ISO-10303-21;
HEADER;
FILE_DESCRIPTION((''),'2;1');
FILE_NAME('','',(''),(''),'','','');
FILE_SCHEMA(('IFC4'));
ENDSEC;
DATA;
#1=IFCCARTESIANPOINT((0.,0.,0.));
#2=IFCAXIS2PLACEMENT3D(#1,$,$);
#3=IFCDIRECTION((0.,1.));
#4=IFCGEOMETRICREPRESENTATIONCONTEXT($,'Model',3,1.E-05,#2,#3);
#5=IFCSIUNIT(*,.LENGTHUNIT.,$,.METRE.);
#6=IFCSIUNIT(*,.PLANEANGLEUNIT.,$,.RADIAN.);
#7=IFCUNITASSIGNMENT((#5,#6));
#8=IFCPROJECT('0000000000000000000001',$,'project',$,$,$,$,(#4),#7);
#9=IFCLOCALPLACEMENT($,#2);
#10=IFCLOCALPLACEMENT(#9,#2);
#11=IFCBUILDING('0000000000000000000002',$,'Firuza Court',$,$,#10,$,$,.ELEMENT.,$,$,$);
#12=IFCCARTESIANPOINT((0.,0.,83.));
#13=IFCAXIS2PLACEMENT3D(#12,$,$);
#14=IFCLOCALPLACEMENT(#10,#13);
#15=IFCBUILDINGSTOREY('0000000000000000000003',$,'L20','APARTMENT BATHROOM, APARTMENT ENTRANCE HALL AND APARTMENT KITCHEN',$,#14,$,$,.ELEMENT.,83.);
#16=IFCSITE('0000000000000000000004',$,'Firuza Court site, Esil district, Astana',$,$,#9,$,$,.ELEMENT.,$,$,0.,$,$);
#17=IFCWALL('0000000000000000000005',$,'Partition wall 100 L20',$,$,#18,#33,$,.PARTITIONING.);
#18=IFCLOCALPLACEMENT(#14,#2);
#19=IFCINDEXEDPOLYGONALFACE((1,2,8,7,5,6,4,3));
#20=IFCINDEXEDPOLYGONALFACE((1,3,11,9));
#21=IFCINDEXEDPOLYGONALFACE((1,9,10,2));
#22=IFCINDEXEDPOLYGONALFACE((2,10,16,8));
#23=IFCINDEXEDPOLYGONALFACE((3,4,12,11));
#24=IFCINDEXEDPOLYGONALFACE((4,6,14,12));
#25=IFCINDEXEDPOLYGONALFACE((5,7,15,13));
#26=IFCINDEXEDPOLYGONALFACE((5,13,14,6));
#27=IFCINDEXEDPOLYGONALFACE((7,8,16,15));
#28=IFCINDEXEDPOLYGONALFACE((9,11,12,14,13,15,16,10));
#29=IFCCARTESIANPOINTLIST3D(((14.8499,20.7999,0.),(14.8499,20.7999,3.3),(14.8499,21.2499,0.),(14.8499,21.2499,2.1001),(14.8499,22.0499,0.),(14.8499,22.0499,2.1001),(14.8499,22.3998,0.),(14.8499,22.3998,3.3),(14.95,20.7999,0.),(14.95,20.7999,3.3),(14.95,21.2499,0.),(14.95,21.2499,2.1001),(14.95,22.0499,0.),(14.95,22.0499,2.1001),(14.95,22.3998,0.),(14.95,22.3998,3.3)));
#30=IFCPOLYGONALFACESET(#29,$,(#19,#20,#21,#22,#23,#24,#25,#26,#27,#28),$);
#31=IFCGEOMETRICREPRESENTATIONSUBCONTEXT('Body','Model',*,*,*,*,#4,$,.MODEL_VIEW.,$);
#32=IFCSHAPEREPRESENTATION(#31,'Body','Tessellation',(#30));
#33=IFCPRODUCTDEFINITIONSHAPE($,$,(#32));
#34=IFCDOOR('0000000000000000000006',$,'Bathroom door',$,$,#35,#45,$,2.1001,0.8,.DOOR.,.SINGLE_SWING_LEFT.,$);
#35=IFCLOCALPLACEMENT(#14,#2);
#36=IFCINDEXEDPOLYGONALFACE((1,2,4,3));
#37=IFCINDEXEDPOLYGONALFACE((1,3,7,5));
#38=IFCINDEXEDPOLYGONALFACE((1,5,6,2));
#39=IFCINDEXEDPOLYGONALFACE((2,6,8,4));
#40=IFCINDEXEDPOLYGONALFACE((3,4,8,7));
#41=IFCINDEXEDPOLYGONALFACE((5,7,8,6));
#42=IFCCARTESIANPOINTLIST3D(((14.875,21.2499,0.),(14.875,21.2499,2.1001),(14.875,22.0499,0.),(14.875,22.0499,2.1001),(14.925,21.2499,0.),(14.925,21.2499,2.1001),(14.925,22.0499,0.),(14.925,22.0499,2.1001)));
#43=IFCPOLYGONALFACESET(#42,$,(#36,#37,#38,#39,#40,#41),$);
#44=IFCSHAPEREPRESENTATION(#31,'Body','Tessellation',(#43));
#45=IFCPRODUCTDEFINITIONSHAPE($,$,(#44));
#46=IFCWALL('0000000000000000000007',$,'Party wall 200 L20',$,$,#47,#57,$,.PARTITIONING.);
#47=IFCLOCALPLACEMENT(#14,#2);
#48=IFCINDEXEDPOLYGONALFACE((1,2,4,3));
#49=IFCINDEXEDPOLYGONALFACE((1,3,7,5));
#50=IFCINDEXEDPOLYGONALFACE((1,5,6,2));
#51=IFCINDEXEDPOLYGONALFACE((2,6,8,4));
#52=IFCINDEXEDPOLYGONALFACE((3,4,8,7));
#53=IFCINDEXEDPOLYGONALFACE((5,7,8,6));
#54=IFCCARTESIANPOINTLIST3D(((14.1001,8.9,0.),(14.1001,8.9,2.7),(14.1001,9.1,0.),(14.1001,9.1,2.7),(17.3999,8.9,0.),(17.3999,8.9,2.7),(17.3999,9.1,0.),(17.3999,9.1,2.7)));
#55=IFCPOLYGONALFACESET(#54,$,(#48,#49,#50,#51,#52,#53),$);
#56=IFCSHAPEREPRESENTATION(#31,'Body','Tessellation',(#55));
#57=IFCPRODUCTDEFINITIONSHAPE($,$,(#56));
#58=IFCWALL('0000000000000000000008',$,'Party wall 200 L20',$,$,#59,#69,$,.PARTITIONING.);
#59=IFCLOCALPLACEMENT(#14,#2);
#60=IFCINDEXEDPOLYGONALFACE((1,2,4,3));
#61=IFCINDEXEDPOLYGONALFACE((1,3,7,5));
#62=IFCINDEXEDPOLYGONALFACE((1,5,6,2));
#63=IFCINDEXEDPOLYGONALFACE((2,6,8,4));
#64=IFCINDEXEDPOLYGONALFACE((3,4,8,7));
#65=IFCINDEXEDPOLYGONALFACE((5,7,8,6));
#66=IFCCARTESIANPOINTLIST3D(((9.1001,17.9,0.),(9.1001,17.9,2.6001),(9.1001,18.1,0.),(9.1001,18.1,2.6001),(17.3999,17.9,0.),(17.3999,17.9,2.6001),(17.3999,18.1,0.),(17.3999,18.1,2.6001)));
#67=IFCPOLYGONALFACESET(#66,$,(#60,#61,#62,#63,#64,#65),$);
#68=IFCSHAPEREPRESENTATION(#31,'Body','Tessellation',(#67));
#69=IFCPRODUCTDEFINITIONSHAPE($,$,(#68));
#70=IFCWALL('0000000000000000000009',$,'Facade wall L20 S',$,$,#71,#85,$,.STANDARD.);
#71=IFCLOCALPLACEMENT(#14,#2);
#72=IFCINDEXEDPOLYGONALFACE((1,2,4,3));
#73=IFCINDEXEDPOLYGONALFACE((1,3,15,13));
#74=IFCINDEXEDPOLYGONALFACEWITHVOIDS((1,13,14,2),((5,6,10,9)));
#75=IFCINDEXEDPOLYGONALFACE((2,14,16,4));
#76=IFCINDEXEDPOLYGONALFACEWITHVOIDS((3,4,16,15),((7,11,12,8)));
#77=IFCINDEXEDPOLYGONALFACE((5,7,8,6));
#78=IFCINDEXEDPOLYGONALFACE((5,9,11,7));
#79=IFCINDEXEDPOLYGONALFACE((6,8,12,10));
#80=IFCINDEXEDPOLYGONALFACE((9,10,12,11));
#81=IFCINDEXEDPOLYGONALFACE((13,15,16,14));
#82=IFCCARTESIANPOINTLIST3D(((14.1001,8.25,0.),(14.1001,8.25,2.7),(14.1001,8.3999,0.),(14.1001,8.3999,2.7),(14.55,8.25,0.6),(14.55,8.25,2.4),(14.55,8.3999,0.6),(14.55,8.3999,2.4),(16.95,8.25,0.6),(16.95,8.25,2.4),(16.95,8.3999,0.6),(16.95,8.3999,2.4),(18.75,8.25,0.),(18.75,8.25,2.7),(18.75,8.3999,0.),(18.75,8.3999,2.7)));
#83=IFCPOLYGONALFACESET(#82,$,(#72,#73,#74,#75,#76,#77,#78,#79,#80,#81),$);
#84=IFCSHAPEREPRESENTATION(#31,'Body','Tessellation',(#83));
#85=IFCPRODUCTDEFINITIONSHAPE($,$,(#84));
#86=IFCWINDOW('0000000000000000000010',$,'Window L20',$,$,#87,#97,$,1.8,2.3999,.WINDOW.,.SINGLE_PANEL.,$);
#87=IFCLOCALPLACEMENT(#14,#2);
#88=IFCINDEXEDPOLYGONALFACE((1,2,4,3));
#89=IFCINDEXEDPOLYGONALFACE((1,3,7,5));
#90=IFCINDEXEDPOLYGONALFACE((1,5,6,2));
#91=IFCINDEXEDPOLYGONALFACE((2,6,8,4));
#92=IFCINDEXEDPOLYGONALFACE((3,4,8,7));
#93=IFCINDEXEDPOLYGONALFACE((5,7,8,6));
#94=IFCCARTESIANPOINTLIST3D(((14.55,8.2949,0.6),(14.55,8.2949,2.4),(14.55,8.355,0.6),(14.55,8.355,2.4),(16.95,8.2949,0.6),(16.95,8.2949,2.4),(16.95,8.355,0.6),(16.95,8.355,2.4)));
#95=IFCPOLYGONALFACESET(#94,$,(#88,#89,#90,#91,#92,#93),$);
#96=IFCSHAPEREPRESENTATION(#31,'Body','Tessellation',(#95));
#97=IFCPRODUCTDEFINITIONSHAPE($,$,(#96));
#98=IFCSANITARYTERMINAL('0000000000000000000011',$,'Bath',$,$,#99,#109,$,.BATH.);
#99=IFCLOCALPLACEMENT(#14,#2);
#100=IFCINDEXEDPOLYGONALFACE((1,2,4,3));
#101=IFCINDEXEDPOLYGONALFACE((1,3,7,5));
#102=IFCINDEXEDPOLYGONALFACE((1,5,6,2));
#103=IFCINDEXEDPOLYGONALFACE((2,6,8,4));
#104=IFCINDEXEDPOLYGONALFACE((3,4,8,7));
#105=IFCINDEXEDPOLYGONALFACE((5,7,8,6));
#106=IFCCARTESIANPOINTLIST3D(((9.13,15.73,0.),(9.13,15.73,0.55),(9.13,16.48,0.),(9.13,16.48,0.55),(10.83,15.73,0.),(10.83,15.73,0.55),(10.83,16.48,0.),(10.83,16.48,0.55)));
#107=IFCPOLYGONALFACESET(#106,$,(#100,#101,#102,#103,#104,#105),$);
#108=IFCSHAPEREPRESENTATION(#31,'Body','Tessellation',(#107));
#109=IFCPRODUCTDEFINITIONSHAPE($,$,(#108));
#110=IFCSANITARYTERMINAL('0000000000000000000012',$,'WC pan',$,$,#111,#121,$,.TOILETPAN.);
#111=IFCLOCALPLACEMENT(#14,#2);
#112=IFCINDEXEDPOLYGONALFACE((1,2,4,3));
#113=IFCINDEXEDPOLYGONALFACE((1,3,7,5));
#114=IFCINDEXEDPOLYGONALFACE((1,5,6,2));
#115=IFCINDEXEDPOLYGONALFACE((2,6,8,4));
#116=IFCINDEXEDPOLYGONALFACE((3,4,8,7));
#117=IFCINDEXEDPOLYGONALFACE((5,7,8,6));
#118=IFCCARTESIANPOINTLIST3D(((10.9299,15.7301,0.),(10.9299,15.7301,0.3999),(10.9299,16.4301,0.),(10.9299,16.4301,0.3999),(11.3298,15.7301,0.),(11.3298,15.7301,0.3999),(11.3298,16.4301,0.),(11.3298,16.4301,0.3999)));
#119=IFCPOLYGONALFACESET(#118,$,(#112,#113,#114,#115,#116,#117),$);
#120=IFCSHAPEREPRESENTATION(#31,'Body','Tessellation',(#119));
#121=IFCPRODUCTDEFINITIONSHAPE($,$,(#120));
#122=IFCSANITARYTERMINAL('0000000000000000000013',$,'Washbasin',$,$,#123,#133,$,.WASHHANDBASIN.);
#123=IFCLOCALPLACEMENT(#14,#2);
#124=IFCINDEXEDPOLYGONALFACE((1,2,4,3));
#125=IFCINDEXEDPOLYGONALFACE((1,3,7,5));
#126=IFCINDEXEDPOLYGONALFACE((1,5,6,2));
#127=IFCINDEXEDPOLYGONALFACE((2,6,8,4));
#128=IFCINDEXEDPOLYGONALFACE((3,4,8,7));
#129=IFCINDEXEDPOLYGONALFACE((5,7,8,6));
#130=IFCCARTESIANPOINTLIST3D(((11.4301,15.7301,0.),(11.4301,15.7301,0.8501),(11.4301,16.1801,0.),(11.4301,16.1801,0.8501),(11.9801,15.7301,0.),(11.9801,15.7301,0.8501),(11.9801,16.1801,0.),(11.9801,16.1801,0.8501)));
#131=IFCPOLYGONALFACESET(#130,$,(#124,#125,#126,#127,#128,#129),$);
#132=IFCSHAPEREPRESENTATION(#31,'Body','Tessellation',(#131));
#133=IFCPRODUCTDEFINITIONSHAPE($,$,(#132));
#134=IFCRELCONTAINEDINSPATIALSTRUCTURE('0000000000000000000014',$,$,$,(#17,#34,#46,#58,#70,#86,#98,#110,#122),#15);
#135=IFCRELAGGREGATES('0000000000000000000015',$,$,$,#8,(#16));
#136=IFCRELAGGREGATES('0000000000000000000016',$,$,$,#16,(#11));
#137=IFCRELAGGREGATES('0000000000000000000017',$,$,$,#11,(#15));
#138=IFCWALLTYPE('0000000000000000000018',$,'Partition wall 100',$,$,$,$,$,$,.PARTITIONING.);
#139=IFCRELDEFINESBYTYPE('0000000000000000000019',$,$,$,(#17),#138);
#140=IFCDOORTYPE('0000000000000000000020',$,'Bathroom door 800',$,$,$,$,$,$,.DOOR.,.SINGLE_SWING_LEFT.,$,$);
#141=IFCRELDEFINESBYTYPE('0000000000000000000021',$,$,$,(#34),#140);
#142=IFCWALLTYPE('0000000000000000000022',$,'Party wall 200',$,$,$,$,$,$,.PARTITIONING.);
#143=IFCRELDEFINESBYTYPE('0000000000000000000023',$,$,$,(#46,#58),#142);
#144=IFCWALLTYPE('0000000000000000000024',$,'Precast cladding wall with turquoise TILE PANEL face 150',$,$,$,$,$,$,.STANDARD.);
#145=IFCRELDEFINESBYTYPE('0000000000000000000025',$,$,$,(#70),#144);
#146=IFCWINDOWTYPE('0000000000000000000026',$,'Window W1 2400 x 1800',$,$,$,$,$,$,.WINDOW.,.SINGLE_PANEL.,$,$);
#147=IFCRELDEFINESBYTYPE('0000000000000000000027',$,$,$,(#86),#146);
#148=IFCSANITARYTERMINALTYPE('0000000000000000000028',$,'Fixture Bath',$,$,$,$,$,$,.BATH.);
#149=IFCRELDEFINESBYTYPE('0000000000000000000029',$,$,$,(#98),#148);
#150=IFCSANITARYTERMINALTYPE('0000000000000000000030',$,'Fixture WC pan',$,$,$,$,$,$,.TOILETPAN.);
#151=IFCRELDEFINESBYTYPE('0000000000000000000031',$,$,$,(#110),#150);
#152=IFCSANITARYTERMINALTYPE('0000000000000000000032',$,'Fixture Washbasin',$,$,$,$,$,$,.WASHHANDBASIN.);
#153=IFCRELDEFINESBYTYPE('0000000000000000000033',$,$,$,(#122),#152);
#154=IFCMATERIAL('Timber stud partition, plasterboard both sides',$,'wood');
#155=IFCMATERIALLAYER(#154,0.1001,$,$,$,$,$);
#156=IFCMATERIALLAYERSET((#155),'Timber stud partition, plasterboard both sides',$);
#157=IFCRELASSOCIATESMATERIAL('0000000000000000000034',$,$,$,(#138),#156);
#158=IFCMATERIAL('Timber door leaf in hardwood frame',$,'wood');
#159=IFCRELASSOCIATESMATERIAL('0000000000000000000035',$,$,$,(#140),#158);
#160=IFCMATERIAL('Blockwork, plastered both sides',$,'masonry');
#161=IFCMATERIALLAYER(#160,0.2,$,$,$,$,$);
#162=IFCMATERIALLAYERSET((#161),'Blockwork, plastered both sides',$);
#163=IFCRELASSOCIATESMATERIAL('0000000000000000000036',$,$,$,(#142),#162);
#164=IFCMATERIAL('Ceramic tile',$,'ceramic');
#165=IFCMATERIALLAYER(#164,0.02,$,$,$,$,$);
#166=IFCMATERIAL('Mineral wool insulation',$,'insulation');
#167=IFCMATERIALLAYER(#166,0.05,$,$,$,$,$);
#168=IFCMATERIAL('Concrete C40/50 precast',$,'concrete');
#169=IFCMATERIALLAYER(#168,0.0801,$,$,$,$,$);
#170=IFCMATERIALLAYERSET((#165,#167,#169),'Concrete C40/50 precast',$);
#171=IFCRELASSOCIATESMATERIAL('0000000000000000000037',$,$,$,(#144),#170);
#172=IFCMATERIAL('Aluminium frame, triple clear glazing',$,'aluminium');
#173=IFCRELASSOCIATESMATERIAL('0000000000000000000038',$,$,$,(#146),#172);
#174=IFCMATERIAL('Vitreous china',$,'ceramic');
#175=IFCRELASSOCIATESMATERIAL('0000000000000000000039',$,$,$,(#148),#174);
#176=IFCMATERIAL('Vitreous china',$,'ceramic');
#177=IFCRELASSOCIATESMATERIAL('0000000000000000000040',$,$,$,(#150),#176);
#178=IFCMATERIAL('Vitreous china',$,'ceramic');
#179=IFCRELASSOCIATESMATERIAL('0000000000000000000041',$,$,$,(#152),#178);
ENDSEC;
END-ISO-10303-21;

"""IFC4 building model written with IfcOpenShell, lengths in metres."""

from ifc_helpers import new_model, si_unit, direction, frame, frame_2d, origin, origin_2d, place, context, subcontext, project, spatial, rectangle, extrude, material, layer, layer_set, type_object, element, fill, save


model = new_model("IFC4")

# Units and contexts
model_context = context("Model", 3, precision=1e-05, world=origin(), true_north=direction((0.0, 1.0)))
body_context = subcontext(model_context, "Body", "Model", "MODEL_VIEW")
ifc_project = project(units=[si_unit("LENGTHUNIT", "METRE"), si_unit("PLANEANGLEUNIT", "RADIAN")], contexts=[model_context])

# Site, building, storey
site_placement = place(None, origin())
site = spatial("IfcSite", under=ifc_project, at=site_placement, Name="Firuza Court site, Esil district, Astana", CompositionType="ELEMENT", RefElevation=0.0)
building_placement = place(site_placement, origin())
building = spatial("IfcBuilding", under=site, at=building_placement, Name="Firuza Court", CompositionType="ELEMENT")
storey_placement = place(building_placement, frame((0.0, 0.0, 83.0)))
storey = spatial("IfcBuildingStorey", under=building, at=storey_placement, Name="L20", Description="APARTMENT BATHROOM, APARTMENT ENTRANCE HALL AND APARTMENT KITCHEN", CompositionType="ELEMENT", Elevation=83.0)

# Shared definitions
ifc_material_1 = material(Name="Timber stud partition, plasterboard both sides", Category="wood")
ifc_layer_1 = layer(ifc_material_1, 0.1001)
ifc_layer_set_1 = layer_set([ifc_layer_1], Name="Timber stud partition, plasterboard both sides")
wall_type_1 = type_object("IfcWallType", Name="Partition wall 100", PredefinedType="PARTITIONING", material=ifc_layer_set_1)

# Shared definitions
ifc_material_2 = material(Name="Timber door leaf in hardwood frame", Category="wood")
door_type_1 = type_object("IfcDoorType", Name="Bathroom door 800", OperationType="SINGLE_SWING_LEFT", PredefinedType="DOOR", material=ifc_material_2)

# Wall, opening, door
wall_1_placement = place(storey_placement, frame((14.8999, 20.8, 0.0), z_axis=(0.0, 0.0, 1.0), x_axis=(0.0, 1.0, 0.0)))
wall_1 = element("IfcWall", 1, at=wall_1_placement, inside=storey, type_object=wall_type_1, Name="Partition wall 100 L20", PredefinedType="PARTITIONING", context=body_context, shape_type="SweptSolid", body=[
    extrude(rectangle(XDim=1.5999, YDim=0.1001, at=frame_2d((0.7998, 0.0))), origin(), (0.0, 0.0, 1.0), 3.3),
])
opening_1_placement = place(wall_1_placement, frame((0.45, 0.0, 0.0)))
opening_1 = element("IfcOpeningElement", 2, at=opening_1_placement, cuts=wall_1, PredefinedType="OPENING", context=body_context, shape_type="SweptSolid", body=[
    extrude(rectangle(XDim=0.8, YDim=2.1001, at=frame_2d((0.3999, 1.05))), frame((0.0, 0.062, 0.0), z_axis=(0.0, -1.0, 0.0), x_axis=(1.0, 0.0, 0.0)), (0.0, 0.0, 1.0), 0.124),
])
door_1_placement = place(opening_1_placement, origin())
door_1 = element("IfcDoor", 3, at=door_1_placement, inside=storey, type_object=door_type_1, Name="Bathroom door", OperationType="SINGLE_SWING_LEFT", OverallHeight=2.1001, OverallWidth=0.8, PredefinedType="DOOR", context=body_context, shape_type="SweptSolid", body=[
    extrude(rectangle(XDim=0.8, YDim=2.1001, at=frame_2d((0.3999, 1.05))), frame((0.0, 0.0249, 0.0), z_axis=(0.0, -1.0, 0.0), x_axis=(1.0, 0.0, 0.0)), (0.0, 0.0, 1.0), 0.05),
])
fill(opening_1, door_1)

# Walls
ifc_material_3 = material(Name="Blockwork, plastered both sides", Category="masonry")
ifc_layer_2 = layer(ifc_material_3, 0.2)
ifc_layer_set_2 = layer_set([ifc_layer_2], Name="Blockwork, plastered both sides")
wall_type_2 = type_object("IfcWallType", Name="Party wall 200", PredefinedType="PARTITIONING", material=ifc_layer_set_2)
wall_2_placement = place(storey_placement, frame((14.1001, 9.0, 0.0), z_axis=(0.0, 0.0, 1.0), x_axis=(1.0, 0.0, 0.0)))
element("IfcWall", 4, at=wall_2_placement, inside=storey, type_object=wall_type_2, Name="Party wall 200 L20", PredefinedType="PARTITIONING", context=body_context, shape_type="SweptSolid", body=[
    extrude(rectangle(XDim=3.2998, YDim=0.2, at=frame_2d((1.6499, 0.0))), origin(), (0.0, 0.0, 1.0), 2.7),
])
wall_3_placement = place(storey_placement, frame((9.1001, 18.0, 0.0), z_axis=(0.0, 0.0, 1.0), x_axis=(1.0, 0.0, 0.0)))
element("IfcWall", 5, at=wall_3_placement, inside=storey, type_object=wall_type_2, Name="Party wall 200 L20", PredefinedType="PARTITIONING", context=body_context, shape_type="SweptSolid", body=[
    extrude(rectangle(XDim=8.2998, YDim=0.2, at=frame_2d((4.1499, 0.0))), origin(), (0.0, 0.0, 1.0), 2.6001),
])

# Wall, opening, window
ifc_material_4 = material(Name="Ceramic tile", Category="ceramic")
ifc_layer_3 = layer(ifc_material_4, 0.02)
ifc_material_5 = material(Name="Mineral wool insulation", Category="insulation")
ifc_layer_4 = layer(ifc_material_5, 0.05)
ifc_material_6 = material(Name="Concrete C40/50 precast", Category="concrete")
ifc_layer_5 = layer(ifc_material_6, 0.0801)
ifc_layer_set_3 = layer_set([ifc_layer_3, ifc_layer_4, ifc_layer_5], Name="Concrete C40/50 precast")
wall_type_3 = type_object("IfcWallType", Name="Precast cladding wall with turquoise TILE PANEL face 150", PredefinedType="STANDARD", material=ifc_layer_set_3)
wall_4_placement = place(storey_placement, frame((14.1001, 8.325, 0.0), z_axis=(0.0, 0.0, 1.0), x_axis=(1.0, 0.0, 0.0)))
wall_4 = element("IfcWall", 6, at=wall_4_placement, inside=storey, type_object=wall_type_3, Name="Facade wall L20 S", PredefinedType="STANDARD", context=body_context, shape_type="SweptSolid", body=[
    extrude(rectangle(XDim=4.6499, YDim=0.1499, at=frame_2d((2.325, 0.0))), origin(), (0.0, 0.0, 1.0), 2.7),
])
opening_2_placement = place(wall_4_placement, frame((0.45, 0.0, 0.6001)))
opening_2 = element("IfcOpeningElement", 7, at=opening_2_placement, cuts=wall_4, PredefinedType="OPENING", context=body_context, shape_type="SweptSolid", body=[
    extrude(rectangle(XDim=2.3999, YDim=1.8, at=frame_2d((1.2, 0.8999))), frame((0.0, 0.0869, 0.0), z_axis=(0.0, -1.0, 0.0), x_axis=(1.0, 0.0, 0.0)), (0.0, 0.0, 1.0), 0.1738),
])
ifc_material_7 = material(Name="Aluminium frame, triple clear glazing", Category="aluminium")
window_type = type_object("IfcWindowType", Name="Window W1 2400 x 1800", PartitioningType="SINGLE_PANEL", PredefinedType="WINDOW", material=ifc_material_7)
window_placement = place(opening_2_placement, origin())
window = element("IfcWindow", 8, at=window_placement, inside=storey, type_object=window_type, Name="Window L20", OverallHeight=1.8, OverallWidth=2.3999, PartitioningType="SINGLE_PANEL", PredefinedType="WINDOW", context=body_context, shape_type="SweptSolid", body=[
    extrude(rectangle(XDim=2.3999, YDim=1.8, at=frame_2d((1.2, 0.8999))), frame((0.0, 0.03, 0.0), z_axis=(0.0, -1.0, 0.0), x_axis=(1.0, 0.0, 0.0)), (0.0, 0.0, 1.0), 0.0601),
])
fill(opening_2, window)

# Sanitary terminals
ifc_material_8 = material(Name="Vitreous china", Category="ceramic")
sanitary_terminal_type_1 = type_object("IfcSanitaryTerminalType", Name="Fixture Bath", PredefinedType="BATH", material=ifc_material_8)
sanitary_terminal_1_placement = place(storey_placement, frame((9.98, 16.105, 0.0), z_axis=(0.0, 0.0, 1.0), x_axis=(1.0, 0.0, 0.0)))
element("IfcSanitaryTerminal", 9, at=sanitary_terminal_1_placement, inside=storey, type_object=sanitary_terminal_type_1, Name="Bath", PredefinedType="BATH", context=body_context, shape_type="SweptSolid", body=[
    extrude(rectangle(XDim=1.7, YDim=0.75, at=origin_2d()), origin(), (0.0, 0.0, 1.0), 0.55),
])
ifc_material_9 = material(Name="Vitreous china", Category="ceramic")
sanitary_terminal_type_2 = type_object("IfcSanitaryTerminalType", Name="Fixture WC pan", PredefinedType="TOILETPAN", material=ifc_material_9)
sanitary_terminal_2_placement = place(storey_placement, frame((11.1299, 16.0801, 0.0), z_axis=(0.0, 0.0, 1.0), x_axis=(1.0, 0.0, 0.0)))
element("IfcSanitaryTerminal", 10, at=sanitary_terminal_2_placement, inside=storey, type_object=sanitary_terminal_type_2, Name="WC pan", PredefinedType="TOILETPAN", context=body_context, shape_type="SweptSolid", body=[
    extrude(rectangle(XDim=0.3999, YDim=0.7, at=origin_2d()), origin(), (0.0, 0.0, 1.0), 0.3999),
])
ifc_material_10 = material(Name="Vitreous china", Category="ceramic")
sanitary_terminal_type_3 = type_object("IfcSanitaryTerminalType", Name="Fixture Washbasin", PredefinedType="WASHHANDBASIN", material=ifc_material_10)
sanitary_terminal_3_placement = place(storey_placement, frame((11.7051, 15.9551, 0.0), z_axis=(0.0, 0.0, 1.0), x_axis=(1.0, 0.0, 0.0)))
element("IfcSanitaryTerminal", 11, at=sanitary_terminal_3_placement, inside=storey, type_object=sanitary_terminal_type_3, Name="Washbasin", PredefinedType="WASHHANDBASIN", context=body_context, shape_type="SweptSolid", body=[
    extrude(rectangle(XDim=0.55, YDim=0.45, at=origin_2d()), origin(), (0.0, 0.0, 1.0), 0.8501),
])

save(model, "model.ifc")
